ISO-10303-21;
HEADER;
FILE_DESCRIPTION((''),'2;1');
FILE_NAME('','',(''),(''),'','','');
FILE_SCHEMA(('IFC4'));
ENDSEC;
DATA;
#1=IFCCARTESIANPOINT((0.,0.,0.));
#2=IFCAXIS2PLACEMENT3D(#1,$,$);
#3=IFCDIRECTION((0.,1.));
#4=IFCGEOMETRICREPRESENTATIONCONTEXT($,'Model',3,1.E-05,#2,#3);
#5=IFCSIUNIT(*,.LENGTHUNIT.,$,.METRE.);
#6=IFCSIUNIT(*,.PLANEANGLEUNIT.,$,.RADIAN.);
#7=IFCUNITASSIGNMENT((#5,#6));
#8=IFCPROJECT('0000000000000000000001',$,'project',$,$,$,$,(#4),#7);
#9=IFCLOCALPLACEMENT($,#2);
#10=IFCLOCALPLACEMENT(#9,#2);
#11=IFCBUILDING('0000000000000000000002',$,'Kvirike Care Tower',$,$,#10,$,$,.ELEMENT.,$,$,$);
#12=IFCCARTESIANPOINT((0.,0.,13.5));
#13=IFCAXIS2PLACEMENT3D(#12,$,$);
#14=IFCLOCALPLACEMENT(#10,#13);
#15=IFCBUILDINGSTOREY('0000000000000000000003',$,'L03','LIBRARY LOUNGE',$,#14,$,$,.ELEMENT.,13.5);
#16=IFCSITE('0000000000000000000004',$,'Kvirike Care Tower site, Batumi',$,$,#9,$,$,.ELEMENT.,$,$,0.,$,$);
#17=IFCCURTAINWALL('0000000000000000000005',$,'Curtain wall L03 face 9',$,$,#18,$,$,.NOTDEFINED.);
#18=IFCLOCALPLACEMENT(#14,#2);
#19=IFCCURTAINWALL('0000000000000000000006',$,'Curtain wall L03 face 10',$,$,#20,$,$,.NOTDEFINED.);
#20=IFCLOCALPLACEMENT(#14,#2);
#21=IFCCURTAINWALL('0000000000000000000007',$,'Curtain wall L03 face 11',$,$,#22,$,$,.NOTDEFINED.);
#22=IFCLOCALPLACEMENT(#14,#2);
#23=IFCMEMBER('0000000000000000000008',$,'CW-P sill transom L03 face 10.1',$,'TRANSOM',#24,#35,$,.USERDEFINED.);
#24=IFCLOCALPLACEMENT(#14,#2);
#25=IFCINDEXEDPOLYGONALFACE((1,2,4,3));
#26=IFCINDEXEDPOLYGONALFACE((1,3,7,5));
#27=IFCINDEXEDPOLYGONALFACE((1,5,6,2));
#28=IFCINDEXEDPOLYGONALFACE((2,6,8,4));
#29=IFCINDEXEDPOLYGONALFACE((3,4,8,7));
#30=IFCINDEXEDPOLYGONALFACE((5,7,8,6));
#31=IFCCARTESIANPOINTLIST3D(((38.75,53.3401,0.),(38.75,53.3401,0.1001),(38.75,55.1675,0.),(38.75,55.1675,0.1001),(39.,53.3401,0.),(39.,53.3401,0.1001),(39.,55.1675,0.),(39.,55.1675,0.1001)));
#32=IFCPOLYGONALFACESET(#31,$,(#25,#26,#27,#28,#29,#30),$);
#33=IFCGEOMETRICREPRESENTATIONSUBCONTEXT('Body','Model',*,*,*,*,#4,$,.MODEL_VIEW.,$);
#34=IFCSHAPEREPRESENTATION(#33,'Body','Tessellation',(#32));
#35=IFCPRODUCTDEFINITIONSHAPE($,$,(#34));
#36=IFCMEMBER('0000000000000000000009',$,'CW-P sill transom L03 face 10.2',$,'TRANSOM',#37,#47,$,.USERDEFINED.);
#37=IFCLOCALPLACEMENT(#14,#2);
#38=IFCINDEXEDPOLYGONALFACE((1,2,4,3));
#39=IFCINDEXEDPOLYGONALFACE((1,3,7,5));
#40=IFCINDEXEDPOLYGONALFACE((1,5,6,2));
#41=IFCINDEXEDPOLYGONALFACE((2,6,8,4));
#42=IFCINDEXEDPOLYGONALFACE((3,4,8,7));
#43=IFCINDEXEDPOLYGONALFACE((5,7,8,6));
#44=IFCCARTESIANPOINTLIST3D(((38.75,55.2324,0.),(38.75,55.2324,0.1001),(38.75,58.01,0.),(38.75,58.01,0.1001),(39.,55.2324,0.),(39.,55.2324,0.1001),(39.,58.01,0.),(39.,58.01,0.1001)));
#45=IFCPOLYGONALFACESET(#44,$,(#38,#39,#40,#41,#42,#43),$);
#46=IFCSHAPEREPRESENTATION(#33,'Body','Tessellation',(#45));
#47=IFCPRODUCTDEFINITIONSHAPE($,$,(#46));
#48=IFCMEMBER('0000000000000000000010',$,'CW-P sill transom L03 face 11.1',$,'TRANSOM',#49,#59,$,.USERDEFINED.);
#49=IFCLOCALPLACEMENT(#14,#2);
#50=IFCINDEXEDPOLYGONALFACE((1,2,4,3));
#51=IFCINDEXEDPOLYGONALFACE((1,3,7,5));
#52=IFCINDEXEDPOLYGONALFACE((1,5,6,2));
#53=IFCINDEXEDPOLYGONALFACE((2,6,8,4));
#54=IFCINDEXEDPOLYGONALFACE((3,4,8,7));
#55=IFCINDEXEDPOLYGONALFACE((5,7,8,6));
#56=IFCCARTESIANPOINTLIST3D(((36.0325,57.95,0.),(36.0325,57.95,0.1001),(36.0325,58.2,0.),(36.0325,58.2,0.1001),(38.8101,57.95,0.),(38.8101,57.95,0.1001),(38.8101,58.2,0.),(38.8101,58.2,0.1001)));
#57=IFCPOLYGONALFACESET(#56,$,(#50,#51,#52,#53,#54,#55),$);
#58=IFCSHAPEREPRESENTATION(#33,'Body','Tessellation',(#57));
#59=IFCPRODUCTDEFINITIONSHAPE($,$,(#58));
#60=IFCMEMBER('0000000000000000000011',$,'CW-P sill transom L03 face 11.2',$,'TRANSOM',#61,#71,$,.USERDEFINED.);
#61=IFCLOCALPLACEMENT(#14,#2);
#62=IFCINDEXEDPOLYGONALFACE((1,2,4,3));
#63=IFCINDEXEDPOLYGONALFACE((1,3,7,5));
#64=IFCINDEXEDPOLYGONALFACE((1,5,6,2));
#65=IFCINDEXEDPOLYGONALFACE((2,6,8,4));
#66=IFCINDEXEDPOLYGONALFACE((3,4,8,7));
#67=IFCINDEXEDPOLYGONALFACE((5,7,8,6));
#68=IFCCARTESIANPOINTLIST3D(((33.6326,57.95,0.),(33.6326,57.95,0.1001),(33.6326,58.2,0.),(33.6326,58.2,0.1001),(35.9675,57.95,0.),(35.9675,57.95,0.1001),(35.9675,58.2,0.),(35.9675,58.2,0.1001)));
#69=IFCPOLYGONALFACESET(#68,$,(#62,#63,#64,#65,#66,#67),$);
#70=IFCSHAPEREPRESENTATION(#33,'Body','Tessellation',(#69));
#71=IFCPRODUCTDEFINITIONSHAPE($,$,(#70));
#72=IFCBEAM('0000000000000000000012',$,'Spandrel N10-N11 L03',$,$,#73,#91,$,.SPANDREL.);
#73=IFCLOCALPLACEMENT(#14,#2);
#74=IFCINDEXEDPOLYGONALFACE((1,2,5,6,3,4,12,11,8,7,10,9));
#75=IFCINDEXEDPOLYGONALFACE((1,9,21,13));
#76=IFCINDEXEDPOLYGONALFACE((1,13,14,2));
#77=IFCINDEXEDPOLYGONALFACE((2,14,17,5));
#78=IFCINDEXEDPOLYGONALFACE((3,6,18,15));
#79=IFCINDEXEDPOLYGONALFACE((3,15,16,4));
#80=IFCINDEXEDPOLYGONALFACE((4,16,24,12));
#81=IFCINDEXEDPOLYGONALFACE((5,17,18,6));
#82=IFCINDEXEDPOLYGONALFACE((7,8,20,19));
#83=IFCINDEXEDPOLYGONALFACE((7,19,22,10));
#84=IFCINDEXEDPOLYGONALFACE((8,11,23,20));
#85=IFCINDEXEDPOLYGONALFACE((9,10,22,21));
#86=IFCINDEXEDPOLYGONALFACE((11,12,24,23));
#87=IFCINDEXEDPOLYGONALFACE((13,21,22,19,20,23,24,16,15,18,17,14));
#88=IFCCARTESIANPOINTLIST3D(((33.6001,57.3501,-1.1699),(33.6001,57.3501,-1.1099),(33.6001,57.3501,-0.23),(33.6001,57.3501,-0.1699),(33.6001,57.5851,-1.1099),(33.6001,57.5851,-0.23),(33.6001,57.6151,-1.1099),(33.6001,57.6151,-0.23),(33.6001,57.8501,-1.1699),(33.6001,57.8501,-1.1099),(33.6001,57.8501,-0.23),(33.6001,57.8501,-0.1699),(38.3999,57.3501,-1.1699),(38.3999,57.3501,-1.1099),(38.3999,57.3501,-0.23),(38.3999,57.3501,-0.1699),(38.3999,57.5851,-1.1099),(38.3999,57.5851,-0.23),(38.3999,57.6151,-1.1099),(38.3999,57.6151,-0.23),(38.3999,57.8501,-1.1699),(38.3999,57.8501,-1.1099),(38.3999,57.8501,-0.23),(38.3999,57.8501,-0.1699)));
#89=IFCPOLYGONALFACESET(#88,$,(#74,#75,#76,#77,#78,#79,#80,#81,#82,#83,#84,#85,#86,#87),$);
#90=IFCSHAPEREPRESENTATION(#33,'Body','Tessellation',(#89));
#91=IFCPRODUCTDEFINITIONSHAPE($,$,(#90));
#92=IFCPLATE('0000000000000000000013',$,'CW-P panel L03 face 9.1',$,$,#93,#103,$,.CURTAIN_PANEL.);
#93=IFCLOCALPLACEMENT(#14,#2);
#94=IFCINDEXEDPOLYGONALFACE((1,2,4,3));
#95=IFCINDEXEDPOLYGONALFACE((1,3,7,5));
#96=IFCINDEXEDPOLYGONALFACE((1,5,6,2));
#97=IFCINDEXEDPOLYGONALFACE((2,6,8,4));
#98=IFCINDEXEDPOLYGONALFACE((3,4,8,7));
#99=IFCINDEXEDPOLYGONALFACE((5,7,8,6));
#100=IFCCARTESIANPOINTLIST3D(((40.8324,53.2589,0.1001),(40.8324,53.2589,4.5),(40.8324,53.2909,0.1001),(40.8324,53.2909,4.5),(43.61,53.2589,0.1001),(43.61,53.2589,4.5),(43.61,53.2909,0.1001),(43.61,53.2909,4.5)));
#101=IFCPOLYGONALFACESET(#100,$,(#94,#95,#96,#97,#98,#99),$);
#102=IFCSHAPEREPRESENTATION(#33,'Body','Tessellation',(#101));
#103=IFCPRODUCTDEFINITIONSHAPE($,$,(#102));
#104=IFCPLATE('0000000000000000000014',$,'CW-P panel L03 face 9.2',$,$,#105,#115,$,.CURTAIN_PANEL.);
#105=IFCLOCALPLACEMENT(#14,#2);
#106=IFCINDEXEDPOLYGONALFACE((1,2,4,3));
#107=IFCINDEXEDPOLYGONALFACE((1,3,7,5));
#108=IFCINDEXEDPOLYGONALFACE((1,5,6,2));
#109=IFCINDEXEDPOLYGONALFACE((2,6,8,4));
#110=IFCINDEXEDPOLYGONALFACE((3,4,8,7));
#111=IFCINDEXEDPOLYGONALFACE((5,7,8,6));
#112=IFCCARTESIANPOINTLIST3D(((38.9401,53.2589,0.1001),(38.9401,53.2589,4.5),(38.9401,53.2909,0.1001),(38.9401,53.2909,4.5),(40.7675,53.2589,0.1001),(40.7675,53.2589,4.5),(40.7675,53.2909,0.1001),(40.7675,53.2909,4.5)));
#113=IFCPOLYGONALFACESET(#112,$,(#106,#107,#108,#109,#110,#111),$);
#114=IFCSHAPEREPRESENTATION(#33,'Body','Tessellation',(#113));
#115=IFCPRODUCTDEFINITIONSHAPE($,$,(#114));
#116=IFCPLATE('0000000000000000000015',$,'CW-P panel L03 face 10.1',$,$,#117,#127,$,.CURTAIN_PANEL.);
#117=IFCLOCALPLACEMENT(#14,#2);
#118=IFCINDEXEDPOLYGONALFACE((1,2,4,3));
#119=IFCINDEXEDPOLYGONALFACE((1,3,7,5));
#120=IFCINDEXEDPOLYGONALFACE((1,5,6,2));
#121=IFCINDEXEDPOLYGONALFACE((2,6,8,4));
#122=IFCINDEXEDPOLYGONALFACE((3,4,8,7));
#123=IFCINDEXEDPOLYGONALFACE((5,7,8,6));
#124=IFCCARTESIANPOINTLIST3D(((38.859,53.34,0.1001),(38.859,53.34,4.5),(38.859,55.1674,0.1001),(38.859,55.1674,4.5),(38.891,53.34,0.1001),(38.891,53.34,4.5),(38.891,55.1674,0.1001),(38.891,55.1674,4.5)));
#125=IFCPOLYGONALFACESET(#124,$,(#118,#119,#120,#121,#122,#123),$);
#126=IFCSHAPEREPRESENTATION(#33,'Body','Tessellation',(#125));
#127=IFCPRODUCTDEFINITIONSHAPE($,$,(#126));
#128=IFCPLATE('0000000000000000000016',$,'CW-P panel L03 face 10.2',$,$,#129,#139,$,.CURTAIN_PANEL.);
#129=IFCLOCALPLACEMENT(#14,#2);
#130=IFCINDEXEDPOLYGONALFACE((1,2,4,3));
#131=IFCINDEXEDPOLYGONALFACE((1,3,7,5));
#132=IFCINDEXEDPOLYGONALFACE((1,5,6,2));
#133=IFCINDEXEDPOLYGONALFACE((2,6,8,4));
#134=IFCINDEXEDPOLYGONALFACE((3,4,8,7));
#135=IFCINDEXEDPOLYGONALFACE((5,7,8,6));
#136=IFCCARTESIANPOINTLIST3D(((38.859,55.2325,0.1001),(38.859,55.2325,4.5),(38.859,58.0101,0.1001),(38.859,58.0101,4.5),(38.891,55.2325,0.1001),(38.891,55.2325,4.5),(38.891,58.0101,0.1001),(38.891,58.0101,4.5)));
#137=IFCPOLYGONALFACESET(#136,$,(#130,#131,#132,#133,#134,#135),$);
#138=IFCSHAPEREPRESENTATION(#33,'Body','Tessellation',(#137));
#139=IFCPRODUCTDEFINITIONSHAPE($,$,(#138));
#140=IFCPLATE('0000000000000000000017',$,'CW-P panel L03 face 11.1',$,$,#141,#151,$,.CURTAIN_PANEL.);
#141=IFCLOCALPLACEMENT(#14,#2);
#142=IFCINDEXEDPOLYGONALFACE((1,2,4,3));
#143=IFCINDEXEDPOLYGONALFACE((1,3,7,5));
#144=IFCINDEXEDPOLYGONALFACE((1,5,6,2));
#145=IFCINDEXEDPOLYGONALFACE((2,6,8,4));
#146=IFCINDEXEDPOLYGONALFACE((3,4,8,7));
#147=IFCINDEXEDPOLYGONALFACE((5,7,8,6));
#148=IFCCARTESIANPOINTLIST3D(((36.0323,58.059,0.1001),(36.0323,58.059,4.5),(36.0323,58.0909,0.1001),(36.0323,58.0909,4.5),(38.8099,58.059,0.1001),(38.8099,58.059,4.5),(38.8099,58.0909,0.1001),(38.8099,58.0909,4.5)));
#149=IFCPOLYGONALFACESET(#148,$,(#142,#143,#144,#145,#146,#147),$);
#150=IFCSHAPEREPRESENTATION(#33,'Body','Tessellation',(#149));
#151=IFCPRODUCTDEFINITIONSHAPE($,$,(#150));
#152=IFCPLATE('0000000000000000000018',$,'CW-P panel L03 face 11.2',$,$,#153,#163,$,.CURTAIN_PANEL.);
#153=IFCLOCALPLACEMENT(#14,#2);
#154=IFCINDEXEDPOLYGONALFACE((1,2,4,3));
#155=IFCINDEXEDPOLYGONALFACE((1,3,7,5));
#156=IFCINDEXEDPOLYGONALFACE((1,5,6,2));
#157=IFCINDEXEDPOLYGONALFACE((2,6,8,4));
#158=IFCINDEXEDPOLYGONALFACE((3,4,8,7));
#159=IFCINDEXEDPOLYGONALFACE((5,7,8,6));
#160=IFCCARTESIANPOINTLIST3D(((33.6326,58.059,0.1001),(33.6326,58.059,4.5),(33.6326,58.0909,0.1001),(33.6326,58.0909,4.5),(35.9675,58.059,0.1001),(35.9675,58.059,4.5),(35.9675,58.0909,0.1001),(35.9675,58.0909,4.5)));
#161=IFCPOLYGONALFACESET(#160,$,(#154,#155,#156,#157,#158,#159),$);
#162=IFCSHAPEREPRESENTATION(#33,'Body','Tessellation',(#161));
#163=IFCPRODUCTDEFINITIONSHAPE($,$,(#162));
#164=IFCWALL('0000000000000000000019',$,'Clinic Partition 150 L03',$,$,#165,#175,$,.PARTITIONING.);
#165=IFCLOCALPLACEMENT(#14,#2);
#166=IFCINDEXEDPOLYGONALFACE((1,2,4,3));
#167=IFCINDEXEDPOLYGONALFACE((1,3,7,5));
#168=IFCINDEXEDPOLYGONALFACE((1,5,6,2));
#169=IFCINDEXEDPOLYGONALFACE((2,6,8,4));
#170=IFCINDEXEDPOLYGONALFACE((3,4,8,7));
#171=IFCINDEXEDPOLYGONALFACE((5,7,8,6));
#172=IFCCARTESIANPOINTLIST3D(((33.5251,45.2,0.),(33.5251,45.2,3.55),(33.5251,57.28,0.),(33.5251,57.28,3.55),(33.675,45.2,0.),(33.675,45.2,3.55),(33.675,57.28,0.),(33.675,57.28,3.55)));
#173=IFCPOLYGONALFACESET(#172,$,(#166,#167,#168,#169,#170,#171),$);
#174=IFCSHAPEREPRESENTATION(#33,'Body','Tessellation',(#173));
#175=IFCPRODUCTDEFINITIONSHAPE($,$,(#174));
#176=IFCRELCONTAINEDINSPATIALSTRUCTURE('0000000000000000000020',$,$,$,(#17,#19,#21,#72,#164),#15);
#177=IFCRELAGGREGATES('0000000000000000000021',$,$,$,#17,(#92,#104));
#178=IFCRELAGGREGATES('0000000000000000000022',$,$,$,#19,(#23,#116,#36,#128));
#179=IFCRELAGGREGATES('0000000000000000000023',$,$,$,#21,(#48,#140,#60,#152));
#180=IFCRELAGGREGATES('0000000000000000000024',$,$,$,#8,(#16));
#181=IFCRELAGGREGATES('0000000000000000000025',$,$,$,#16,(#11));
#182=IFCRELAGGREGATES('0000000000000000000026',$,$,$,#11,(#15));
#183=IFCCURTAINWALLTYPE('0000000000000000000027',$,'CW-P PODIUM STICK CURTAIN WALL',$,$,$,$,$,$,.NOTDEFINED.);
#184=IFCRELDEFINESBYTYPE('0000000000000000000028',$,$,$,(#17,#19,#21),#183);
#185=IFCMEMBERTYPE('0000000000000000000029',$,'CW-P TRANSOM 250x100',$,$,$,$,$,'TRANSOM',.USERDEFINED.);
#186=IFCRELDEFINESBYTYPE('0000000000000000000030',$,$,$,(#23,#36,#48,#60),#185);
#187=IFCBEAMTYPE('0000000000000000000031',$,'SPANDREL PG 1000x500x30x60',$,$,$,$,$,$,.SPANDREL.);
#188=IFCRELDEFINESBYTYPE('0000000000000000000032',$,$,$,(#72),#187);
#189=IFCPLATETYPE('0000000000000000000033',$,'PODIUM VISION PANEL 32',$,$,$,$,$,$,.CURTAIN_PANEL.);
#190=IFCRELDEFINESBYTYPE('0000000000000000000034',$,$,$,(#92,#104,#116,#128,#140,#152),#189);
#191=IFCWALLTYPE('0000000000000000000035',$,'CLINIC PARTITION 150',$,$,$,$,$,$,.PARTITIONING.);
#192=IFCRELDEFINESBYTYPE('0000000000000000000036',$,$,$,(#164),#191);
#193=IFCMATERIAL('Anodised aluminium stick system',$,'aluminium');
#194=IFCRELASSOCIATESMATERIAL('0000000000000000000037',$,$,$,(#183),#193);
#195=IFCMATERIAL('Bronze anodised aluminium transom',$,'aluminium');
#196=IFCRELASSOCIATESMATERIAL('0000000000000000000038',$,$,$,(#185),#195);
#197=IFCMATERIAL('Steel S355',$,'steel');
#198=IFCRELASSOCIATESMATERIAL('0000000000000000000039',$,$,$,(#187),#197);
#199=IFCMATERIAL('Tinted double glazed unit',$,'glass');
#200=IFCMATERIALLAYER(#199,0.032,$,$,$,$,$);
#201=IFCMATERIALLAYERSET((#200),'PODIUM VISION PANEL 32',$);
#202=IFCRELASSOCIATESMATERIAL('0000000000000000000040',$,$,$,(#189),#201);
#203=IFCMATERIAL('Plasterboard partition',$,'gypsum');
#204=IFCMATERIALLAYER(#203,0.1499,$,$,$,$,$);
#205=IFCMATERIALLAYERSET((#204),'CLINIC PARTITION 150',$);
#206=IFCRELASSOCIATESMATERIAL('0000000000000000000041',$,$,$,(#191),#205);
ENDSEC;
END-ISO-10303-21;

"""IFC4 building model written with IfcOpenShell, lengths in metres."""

from ifc_helpers import new_model, si_unit, direction, frame, frame_2d, origin, origin_2d, place, context, subcontext, project, spatial, rectangle, i_section, extrude, material, layer, layer_set, material_profile, profile_set, type_object, element, aggregate, save


model = new_model("IFC4")

# Units and contexts
model_context = context("Model", 3, precision=1e-05, world=origin(), true_north=direction((0.0, 1.0)))
body_context = subcontext(model_context, "Body", "Model", "MODEL_VIEW")
ifc_project = project(units=[si_unit("LENGTHUNIT", "METRE"), si_unit("PLANEANGLEUNIT", "RADIAN")], contexts=[model_context])

# Site, building, storey
site_placement = place(None, origin())
site = spatial("IfcSite", under=ifc_project, at=site_placement, Name="Kvirike Care Tower site, Batumi", CompositionType="ELEMENT", RefElevation=0.0)
building_placement = place(site_placement, origin())
building = spatial("IfcBuilding", under=site, at=building_placement, Name="Kvirike Care Tower", CompositionType="ELEMENT")
storey_placement = place(building_placement, frame((0.0, 0.0, 13.5)))
storey = spatial("IfcBuildingStorey", under=building, at=storey_placement, Name="L03", Description="LIBRARY LOUNGE", CompositionType="ELEMENT", Elevation=13.5)

# Curtain walls
ifc_material_1 = material(Name="Anodised aluminium stick system", Category="aluminium")
curtain_wall_type = type_object("IfcCurtainWallType", Name="CW-P PODIUM STICK CURTAIN WALL", PredefinedType="NOTDEFINED", material=ifc_material_1)
curtain_wall_1_placement = place(storey_placement, origin())
curtain_wall_1 = element("IfcCurtainWall", 1, at=curtain_wall_1_placement, inside=storey, type_object=curtain_wall_type, Name="Curtain wall L03 face 9", PredefinedType="NOTDEFINED")
curtain_wall_2_placement = place(storey_placement, origin())
curtain_wall_2 = element("IfcCurtainWall", 2, at=curtain_wall_2_placement, inside=storey, type_object=curtain_wall_type, Name="Curtain wall L03 face 10", PredefinedType="NOTDEFINED")
curtain_wall_3_placement = place(storey_placement, origin())
curtain_wall_3 = element("IfcCurtainWall", 3, at=curtain_wall_3_placement, inside=storey, type_object=curtain_wall_type, Name="Curtain wall L03 face 11", PredefinedType="NOTDEFINED")

# Members
ifc_material_2 = material(Name="Bronze anodised aluminium transom", Category="aluminium")
ifc_material_profile_1 = material_profile(ifc_material_2, rectangle(XDim=0.25, YDim=0.1001, at=origin_2d()), Name="CW-P TRANSOM 250x100")
ifc_profile_set_1 = profile_set([ifc_material_profile_1], Name="Bronze anodised aluminium transom")
member_type_1 = type_object("IfcMemberType", Name="CW-P TRANSOM 250x100", ElementType="TRANSOM", PredefinedType="USERDEFINED", material=ifc_profile_set_1)
member_1_placement = place(storey_placement, frame((38.875, 53.3401, 0.05), z_axis=(0.0, 1.0, 0.0), x_axis=(-1.0, 0.0, 0.0)))
member_1 = element("IfcMember", 4, at=member_1_placement, type_object=member_type_1, Name="CW-P sill transom L03 face 10.1", ObjectType="TRANSOM", PredefinedType="USERDEFINED", context=body_context, shape_type="SweptSolid", body=[
    extrude(rectangle(XDim=0.25, YDim=0.1001, at=origin_2d()), origin(), (0.0, 0.0, 1.0), 1.8274),
])
member_2_placement = place(storey_placement, frame((38.875, 55.2324, 0.05), z_axis=(0.0, 1.0, 0.0), x_axis=(-1.0, 0.0, 0.0)))
member_2 = element("IfcMember", 5, at=member_2_placement, type_object=member_type_1, Name="CW-P sill transom L03 face 10.2", ObjectType="TRANSOM", PredefinedType="USERDEFINED", context=body_context, shape_type="SweptSolid", body=[
    extrude(rectangle(XDim=0.25, YDim=0.1001, at=origin_2d()), origin(), (0.0, 0.0, 1.0), 2.7776),
])
member_3_placement = place(storey_placement, frame((38.8101, 58.075, 0.05), z_axis=(-1.0, 0.0, 0.0), x_axis=(0.0, -1.0, 0.0)))
member_3 = element("IfcMember", 6, at=member_3_placement, type_object=member_type_1, Name="CW-P sill transom L03 face 11.1", ObjectType="TRANSOM", PredefinedType="USERDEFINED", context=body_context, shape_type="SweptSolid", body=[
    extrude(rectangle(XDim=0.25, YDim=0.1001, at=origin_2d()), origin(), (0.0, 0.0, 1.0), 2.7776),
])
member_4_placement = place(storey_placement, frame((35.9675, 58.075, 0.05), z_axis=(-1.0, 0.0, 0.0), x_axis=(0.0, -1.0, 0.0)))
member_4 = element("IfcMember", 7, at=member_4_placement, type_object=member_type_1, Name="CW-P sill transom L03 face 11.2", ObjectType="TRANSOM", PredefinedType="USERDEFINED", context=body_context, shape_type="SweptSolid", body=[
    extrude(rectangle(XDim=0.25, YDim=0.1001, at=origin_2d()), origin(), (0.0, 0.0, 1.0), 2.335),
])

# Beam
ifc_material_3 = material(Name="Steel S355", Category="steel")
ifc_material_profile_2 = material_profile(ifc_material_3, i_section(OverallWidth=0.5, OverallDepth=1.0, WebThickness=0.03, FlangeThickness=0.0601, at=origin_2d()), Name="PG 1000x500x30x60")
ifc_profile_set_2 = profile_set([ifc_material_profile_2], Name="Steel S355")
beam_type = type_object("IfcBeamType", Name="SPANDREL PG 1000x500x30x60", PredefinedType="SPANDREL", material=ifc_profile_set_2)
beam_placement = place(storey_placement, frame((33.6001, 57.6001, -0.6699), z_axis=(1.0, 0.0, 0.0), x_axis=(0.0, 1.0, 0.0)))
element("IfcBeam", 8, at=beam_placement, inside=storey, type_object=beam_type, Name="Spandrel N10-N11 L03", PredefinedType="SPANDREL", context=body_context, shape_type="SweptSolid", body=[
    extrude(i_section(OverallWidth=0.5, OverallDepth=1.0, WebThickness=0.03, FlangeThickness=0.0601, at=origin_2d()), origin(), (0.0, 0.0, 1.0), 4.7998),
])

# Plates
ifc_material_4 = material(Name="Tinted double glazed unit", Category="glass")
ifc_layer_1 = layer(ifc_material_4, 0.032)
ifc_layer_set_1 = layer_set([ifc_layer_1], Name="PODIUM VISION PANEL 32")
plate_type = type_object("IfcPlateType", Name="PODIUM VISION PANEL 32", PredefinedType="CURTAIN_PANEL", material=ifc_layer_set_1)
plate_1_placement = place(storey_placement, frame((42.2212, 53.2749, 0.1001), z_axis=(0.0, 0.0, 1.0), x_axis=(-1.0, 0.0, 0.0)))
plate_1 = element("IfcPlate", 9, at=plate_1_placement, type_object=plate_type, Name="CW-P panel L03 face 9.1", PredefinedType="CURTAIN_PANEL", context=body_context, shape_type="SweptSolid", body=[
    extrude(rectangle(XDim=2.7776, YDim=0.032, at=origin_2d()), origin(), (0.0, 0.0, 1.0), 4.3999),
])
plate_2_placement = place(storey_placement, frame((39.8538, 53.2749, 0.1001), z_axis=(0.0, 0.0, 1.0), x_axis=(-1.0, 0.0, 0.0)))
plate_2 = element("IfcPlate", 10, at=plate_2_placement, type_object=plate_type, Name="CW-P panel L03 face 9.2", PredefinedType="CURTAIN_PANEL", context=body_context, shape_type="SweptSolid", body=[
    extrude(rectangle(XDim=1.8274, YDim=0.032, at=origin_2d()), origin(), (0.0, 0.0, 1.0), 4.3999),
])
aggregate(curtain_wall_1, [plate_1, plate_2])
plate_3_placement = place(storey_placement, frame((38.875, 54.2537, 0.1001), z_axis=(0.0, 0.0, 1.0), x_axis=(0.0, 1.0, 0.0)))
plate_3 = element("IfcPlate", 11, at=plate_3_placement, type_object=plate_type, Name="CW-P panel L03 face 10.1", PredefinedType="CURTAIN_PANEL", context=body_context, shape_type="SweptSolid", body=[
    extrude(rectangle(XDim=1.8274, YDim=0.032, at=origin_2d()), origin(), (0.0, 0.0, 1.0), 4.3999),
])
plate_4_placement = place(storey_placement, frame((38.875, 56.6213, 0.1001), z_axis=(0.0, 0.0, 1.0), x_axis=(0.0, 1.0, 0.0)))
plate_4 = element("IfcPlate", 12, at=plate_4_placement, type_object=plate_type, Name="CW-P panel L03 face 10.2", PredefinedType="CURTAIN_PANEL", context=body_context, shape_type="SweptSolid", body=[
    extrude(rectangle(XDim=2.7776, YDim=0.032, at=origin_2d()), origin(), (0.0, 0.0, 1.0), 4.3999),
])
aggregate(curtain_wall_2, [member_1, plate_3, member_2, plate_4])
plate_5_placement = place(storey_placement, frame((37.4211, 58.075, 0.1001), z_axis=(0.0, 0.0, 1.0), x_axis=(-1.0, 0.0, 0.0)))
plate_5 = element("IfcPlate", 13, at=plate_5_placement, type_object=plate_type, Name="CW-P panel L03 face 11.1", PredefinedType="CURTAIN_PANEL", context=body_context, shape_type="SweptSolid", body=[
    extrude(rectangle(XDim=2.7776, YDim=0.032, at=origin_2d()), origin(), (0.0, 0.0, 1.0), 4.3999),
])
plate_6_placement = place(storey_placement, frame((34.8, 58.075, 0.1001), z_axis=(0.0, 0.0, 1.0), x_axis=(-1.0, 0.0, 0.0)))
plate_6 = element("IfcPlate", 14, at=plate_6_placement, type_object=plate_type, Name="CW-P panel L03 face 11.2", PredefinedType="CURTAIN_PANEL", context=body_context, shape_type="SweptSolid", body=[
    extrude(rectangle(XDim=2.335, YDim=0.032, at=origin_2d()), origin(), (0.0, 0.0, 1.0), 4.3999),
])
aggregate(curtain_wall_3, [member_3, plate_5, member_4, plate_6])

# Wall
ifc_material_5 = material(Name="Plasterboard partition", Category="gypsum")
ifc_layer_2 = layer(ifc_material_5, 0.1499)
ifc_layer_set_2 = layer_set([ifc_layer_2], Name="CLINIC PARTITION 150")
wall_type = type_object("IfcWallType", Name="CLINIC PARTITION 150", PredefinedType="PARTITIONING", material=ifc_layer_set_2)
wall_placement = place(storey_placement, frame((33.6001, 57.28, 0.0), z_axis=(0.0, 0.0, 1.0), x_axis=(0.0, -1.0, 0.0)))
element("IfcWall", 15, at=wall_placement, inside=storey, type_object=wall_type, Name="Clinic Partition 150 L03", PredefinedType="PARTITIONING", context=body_context, shape_type="SweptSolid", body=[
    extrude(rectangle(XDim=12.0801, YDim=0.1499, at=frame_2d((6.04, 0.0))), origin(), (0.0, 0.0, 1.0), 3.55),
])

save(model, "model.ifc")
